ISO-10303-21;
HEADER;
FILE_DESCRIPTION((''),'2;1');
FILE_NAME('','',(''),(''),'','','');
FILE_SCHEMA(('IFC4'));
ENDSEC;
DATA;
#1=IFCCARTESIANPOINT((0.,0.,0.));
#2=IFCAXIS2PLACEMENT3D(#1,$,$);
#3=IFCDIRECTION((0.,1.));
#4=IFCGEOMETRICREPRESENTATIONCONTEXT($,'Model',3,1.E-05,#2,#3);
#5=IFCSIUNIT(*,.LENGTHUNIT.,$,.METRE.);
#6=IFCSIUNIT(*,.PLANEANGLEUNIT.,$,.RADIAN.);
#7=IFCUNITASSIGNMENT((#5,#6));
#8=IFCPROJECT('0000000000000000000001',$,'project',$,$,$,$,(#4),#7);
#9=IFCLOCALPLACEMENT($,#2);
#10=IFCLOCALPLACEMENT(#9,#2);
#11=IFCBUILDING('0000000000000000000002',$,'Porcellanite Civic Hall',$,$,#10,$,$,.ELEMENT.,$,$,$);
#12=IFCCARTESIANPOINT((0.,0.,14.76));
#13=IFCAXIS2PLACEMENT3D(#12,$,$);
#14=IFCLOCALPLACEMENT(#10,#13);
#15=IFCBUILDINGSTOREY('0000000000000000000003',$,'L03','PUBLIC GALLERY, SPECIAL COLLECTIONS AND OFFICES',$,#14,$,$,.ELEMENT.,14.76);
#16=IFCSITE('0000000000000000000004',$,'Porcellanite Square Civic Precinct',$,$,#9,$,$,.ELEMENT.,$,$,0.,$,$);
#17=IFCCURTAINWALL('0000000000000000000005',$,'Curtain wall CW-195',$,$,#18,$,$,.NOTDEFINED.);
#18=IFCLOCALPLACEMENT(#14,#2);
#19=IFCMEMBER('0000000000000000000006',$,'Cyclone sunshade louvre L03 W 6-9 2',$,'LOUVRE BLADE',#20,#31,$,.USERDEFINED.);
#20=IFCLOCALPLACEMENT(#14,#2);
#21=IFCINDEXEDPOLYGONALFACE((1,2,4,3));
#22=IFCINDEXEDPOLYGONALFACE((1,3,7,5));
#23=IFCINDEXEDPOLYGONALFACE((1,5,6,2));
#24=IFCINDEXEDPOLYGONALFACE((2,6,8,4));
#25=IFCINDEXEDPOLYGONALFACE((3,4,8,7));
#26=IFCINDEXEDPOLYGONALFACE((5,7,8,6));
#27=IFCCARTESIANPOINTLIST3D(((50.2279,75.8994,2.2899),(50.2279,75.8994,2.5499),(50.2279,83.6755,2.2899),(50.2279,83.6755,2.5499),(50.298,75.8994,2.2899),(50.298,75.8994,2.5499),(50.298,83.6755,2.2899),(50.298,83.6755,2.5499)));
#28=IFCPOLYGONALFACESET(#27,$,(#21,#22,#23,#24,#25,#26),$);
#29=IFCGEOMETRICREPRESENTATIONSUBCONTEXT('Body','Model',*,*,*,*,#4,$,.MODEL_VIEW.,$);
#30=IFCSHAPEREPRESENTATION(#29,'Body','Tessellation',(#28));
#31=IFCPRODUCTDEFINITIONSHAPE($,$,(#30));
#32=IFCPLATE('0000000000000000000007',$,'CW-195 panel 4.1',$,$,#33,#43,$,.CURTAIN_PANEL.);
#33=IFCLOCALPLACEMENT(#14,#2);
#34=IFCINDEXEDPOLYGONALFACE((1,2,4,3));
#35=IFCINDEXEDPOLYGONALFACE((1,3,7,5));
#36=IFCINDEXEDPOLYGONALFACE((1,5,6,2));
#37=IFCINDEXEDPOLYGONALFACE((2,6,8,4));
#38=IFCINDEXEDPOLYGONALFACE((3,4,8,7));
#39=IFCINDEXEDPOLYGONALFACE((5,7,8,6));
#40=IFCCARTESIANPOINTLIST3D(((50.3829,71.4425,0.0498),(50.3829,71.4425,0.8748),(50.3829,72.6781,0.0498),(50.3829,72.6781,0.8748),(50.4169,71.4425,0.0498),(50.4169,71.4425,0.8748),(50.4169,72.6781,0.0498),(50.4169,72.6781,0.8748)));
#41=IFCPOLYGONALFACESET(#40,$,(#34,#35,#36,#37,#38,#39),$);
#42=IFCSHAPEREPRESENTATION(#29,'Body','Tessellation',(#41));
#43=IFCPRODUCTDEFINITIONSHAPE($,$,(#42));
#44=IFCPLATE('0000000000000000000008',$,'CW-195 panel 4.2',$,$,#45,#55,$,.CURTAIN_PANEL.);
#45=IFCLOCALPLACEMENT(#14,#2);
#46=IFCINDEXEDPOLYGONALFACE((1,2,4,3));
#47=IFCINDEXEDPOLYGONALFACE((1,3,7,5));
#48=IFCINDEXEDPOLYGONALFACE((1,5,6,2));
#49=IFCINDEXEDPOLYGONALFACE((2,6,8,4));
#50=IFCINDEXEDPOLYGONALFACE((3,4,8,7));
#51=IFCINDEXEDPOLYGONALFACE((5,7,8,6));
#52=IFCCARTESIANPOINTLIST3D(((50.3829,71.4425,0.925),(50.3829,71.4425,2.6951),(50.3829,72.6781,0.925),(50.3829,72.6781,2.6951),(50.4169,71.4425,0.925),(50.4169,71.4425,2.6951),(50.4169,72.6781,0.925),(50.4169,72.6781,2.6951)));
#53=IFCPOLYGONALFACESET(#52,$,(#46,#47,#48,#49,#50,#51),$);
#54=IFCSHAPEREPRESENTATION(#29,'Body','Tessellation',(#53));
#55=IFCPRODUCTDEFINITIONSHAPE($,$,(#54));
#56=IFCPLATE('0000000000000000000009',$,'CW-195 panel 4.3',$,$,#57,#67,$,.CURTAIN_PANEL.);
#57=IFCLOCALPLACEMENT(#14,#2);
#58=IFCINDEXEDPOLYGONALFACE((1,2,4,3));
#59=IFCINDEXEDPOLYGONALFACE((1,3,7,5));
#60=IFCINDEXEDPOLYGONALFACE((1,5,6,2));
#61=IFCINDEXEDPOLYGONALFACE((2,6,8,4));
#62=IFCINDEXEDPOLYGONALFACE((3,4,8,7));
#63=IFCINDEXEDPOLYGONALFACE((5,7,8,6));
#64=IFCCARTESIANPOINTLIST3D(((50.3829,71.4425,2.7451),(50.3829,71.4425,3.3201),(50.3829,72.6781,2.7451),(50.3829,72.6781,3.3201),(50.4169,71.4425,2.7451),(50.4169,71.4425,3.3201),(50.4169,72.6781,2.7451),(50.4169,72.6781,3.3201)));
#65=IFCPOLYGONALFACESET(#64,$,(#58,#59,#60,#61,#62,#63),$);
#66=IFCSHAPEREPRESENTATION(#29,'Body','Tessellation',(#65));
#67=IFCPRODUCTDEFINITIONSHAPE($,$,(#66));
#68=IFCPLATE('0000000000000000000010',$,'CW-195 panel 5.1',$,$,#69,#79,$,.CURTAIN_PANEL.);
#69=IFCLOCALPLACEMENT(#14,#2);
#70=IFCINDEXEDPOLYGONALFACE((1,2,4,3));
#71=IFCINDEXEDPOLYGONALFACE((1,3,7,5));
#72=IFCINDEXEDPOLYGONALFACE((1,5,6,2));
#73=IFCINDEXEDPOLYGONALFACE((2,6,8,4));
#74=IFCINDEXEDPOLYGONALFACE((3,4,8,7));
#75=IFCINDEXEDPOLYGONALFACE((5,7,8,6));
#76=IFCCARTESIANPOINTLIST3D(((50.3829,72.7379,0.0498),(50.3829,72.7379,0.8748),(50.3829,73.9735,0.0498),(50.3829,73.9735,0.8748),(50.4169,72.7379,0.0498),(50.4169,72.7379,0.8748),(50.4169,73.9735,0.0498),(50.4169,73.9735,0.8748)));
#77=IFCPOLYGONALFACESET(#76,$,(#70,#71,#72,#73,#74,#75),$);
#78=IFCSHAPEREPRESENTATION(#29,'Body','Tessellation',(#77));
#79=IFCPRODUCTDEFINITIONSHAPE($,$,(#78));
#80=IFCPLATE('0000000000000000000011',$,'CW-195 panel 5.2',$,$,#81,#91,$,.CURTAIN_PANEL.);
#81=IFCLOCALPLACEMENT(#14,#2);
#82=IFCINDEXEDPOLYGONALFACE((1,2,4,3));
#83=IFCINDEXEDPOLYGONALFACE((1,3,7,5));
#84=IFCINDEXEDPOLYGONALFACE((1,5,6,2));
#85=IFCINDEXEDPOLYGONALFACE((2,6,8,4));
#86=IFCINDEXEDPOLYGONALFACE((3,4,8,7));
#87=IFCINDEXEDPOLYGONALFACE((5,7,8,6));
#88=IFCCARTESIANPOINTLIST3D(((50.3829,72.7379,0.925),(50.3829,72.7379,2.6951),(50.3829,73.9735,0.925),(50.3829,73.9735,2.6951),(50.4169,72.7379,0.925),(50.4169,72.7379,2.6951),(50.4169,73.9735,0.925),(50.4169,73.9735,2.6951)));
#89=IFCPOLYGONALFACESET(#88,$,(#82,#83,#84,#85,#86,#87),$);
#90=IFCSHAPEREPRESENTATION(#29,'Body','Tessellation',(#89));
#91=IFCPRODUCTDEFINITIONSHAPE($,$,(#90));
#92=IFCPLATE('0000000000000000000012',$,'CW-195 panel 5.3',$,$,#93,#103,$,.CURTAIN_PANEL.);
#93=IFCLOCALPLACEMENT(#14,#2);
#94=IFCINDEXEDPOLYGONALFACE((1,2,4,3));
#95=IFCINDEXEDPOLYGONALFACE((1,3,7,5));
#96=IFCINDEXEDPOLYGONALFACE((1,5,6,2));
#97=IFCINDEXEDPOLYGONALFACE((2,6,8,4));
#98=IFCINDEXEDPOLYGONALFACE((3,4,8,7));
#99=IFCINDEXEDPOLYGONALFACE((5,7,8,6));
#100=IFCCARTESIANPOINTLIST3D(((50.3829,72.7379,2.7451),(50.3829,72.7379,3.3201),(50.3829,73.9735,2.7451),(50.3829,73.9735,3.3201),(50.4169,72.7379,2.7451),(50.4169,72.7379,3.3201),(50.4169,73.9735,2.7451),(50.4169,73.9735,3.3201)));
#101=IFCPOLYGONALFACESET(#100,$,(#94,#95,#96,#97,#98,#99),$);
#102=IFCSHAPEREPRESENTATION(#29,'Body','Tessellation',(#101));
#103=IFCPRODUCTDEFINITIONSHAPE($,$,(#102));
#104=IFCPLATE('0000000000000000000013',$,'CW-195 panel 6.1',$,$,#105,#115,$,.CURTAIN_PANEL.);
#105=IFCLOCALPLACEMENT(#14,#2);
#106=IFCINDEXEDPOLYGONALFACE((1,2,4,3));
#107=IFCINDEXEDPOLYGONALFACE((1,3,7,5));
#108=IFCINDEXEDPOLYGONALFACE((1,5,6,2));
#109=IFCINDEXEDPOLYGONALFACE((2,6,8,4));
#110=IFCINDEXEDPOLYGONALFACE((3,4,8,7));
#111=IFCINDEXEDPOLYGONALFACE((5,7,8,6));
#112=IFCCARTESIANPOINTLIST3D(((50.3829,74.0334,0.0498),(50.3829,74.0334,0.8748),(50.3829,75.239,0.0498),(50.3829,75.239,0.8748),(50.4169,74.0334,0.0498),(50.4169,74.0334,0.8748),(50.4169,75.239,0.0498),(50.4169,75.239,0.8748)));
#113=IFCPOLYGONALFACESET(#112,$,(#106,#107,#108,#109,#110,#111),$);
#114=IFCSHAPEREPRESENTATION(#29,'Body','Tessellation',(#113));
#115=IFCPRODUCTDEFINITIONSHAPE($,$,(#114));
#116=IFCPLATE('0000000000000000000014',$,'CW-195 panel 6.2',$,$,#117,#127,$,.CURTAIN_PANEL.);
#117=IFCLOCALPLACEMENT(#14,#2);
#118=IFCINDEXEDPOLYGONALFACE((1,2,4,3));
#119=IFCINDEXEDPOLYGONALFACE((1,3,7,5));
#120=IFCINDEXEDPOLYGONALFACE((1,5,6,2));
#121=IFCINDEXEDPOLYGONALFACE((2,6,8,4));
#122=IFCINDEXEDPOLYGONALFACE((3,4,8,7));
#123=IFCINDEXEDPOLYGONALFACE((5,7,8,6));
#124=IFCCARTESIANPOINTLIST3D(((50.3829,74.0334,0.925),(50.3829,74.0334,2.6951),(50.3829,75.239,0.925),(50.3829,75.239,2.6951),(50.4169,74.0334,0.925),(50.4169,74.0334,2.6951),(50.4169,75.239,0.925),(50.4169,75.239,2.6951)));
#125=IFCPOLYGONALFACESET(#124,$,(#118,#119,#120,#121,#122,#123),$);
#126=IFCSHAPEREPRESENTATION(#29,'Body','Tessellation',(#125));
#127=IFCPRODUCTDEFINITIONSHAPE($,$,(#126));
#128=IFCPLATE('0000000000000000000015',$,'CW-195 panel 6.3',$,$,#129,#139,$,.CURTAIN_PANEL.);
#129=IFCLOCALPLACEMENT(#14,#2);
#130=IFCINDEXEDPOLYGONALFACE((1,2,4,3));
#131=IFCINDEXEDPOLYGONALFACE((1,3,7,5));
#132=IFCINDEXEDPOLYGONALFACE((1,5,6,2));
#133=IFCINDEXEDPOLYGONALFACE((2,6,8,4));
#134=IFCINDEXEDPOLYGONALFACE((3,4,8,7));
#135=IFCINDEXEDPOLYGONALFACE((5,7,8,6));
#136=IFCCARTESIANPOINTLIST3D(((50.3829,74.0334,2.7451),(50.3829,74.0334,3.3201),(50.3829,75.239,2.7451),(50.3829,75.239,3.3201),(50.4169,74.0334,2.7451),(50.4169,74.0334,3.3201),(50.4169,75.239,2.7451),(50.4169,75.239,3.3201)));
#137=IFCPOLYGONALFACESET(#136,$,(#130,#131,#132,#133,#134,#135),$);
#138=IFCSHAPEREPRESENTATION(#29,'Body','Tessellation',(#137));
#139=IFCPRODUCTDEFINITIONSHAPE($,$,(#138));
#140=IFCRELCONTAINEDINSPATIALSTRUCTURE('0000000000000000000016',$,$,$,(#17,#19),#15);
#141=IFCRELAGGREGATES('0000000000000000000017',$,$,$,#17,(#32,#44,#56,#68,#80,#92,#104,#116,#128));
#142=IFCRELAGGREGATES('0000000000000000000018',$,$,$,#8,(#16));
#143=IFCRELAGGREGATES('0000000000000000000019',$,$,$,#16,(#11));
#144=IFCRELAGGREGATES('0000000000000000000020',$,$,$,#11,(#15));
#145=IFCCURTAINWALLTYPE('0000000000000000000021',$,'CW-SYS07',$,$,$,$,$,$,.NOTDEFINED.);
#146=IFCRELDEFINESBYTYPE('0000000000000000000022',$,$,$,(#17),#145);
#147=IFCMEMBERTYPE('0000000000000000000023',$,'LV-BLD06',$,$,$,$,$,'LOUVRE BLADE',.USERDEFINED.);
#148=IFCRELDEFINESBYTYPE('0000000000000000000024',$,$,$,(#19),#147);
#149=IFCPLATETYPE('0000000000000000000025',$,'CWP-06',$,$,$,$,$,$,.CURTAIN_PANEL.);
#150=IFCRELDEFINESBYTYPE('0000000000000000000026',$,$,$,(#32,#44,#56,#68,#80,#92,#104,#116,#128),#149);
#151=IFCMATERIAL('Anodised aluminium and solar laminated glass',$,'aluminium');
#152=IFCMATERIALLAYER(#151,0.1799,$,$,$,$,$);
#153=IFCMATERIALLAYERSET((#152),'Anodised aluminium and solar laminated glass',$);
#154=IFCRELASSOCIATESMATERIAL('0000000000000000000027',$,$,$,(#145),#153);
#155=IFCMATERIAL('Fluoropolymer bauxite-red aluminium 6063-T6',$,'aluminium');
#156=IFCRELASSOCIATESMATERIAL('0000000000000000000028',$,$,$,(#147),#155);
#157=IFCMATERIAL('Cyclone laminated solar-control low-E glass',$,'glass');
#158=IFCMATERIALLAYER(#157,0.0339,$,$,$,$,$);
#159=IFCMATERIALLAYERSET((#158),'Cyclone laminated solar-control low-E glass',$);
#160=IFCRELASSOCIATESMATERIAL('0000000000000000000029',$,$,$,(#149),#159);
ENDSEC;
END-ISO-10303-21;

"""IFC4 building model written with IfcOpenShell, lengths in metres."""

from ifc_helpers import new_model, si_unit, direction, frame, origin, origin_2d, place, context, subcontext, project, spatial, rectangle, extrude, material, layer, layer_set, material_profile, profile_set, type_object, element, aggregate, save


model = new_model("IFC4")

# Units and contexts
model_context = context("Model", 3, precision=1e-05, world=origin(), true_north=direction((0.0, 1.0)))
body_context = subcontext(model_context, "Body", "Model", "MODEL_VIEW")
ifc_project = project(units=[si_unit("LENGTHUNIT", "METRE"), si_unit("PLANEANGLEUNIT", "RADIAN")], contexts=[model_context])

# Site, building, storey
site_placement = place(None, origin())
site = spatial("IfcSite", under=ifc_project, at=site_placement, Name="Porcellanite Square Civic Precinct", CompositionType="ELEMENT", RefElevation=0.0)
building_placement = place(site_placement, origin())
building = spatial("IfcBuilding", under=site, at=building_placement, Name="Porcellanite Civic Hall", CompositionType="ELEMENT")
storey_placement = place(building_placement, frame((0.0, 0.0, 14.76)))
storey = spatial("IfcBuildingStorey", under=building, at=storey_placement, Name="L03", Description="PUBLIC GALLERY, SPECIAL COLLECTIONS AND OFFICES", CompositionType="ELEMENT", Elevation=14.76)

# Curtain wall
ifc_material_1 = material(Name="Anodised aluminium and solar laminated glass", Category="aluminium")
ifc_layer_1 = layer(ifc_material_1, 0.1799)
ifc_layer_set_1 = layer_set([ifc_layer_1], Name="Anodised aluminium and solar laminated glass")
curtain_wall_type = type_object("IfcCurtainWallType", Name="CW-SYS07", PredefinedType="NOTDEFINED", material=ifc_layer_set_1)
curtain_wall_placement = place(storey_placement, origin())
curtain_wall = element("IfcCurtainWall", 1, at=curtain_wall_placement, inside=storey, type_object=curtain_wall_type, Name="Curtain wall CW-195", PredefinedType="NOTDEFINED")

# Member
ifc_material_2 = material(Name="Fluoropolymer bauxite-red aluminium 6063-T6", Category="aluminium")
ifc_material_profile_1 = material_profile(ifc_material_2, rectangle(XDim=0.0701, YDim=0.26, at=origin_2d()), Name="AL-70x260")
ifc_profile_set_1 = profile_set([ifc_material_profile_1], Name="Fluoropolymer bauxite-red aluminium 6063-T6")
member_type_1 = type_object("IfcMemberType", Name="LV-BLD06", ElementType="LOUVRE BLADE", PredefinedType="USERDEFINED", material=ifc_profile_set_1)
for number, where, z_axis, x_axis, name in (
    (2, (50.2629, 75.8994, 2.4199), (0.0, 1.0, 0.0), (-1.0, 0.0, 0.0), "Cyclone sunshade louvre L03 W 6-9 2"),
):
    element("IfcMember", number, at=place(storey_placement, frame(where, z_axis=z_axis, x_axis=x_axis)), inside=storey, type_object=member_type_1, Name=name, ObjectType="LOUVRE BLADE", PredefinedType="USERDEFINED", context=body_context, shape_type="SweptSolid", body=[
        extrude(rectangle(XDim=0.0701, YDim=0.26, at=origin_2d()), origin(), (0.0, 0.0, 1.0), 7.7761),
    ])

# Plates
ifc_material_3 = material(Name="Cyclone laminated solar-control low-E glass", Category="glass")
ifc_layer_2 = layer(ifc_material_3, 0.0339)
ifc_layer_set_2 = layer_set([ifc_layer_2], Name="Cyclone laminated solar-control low-E glass")
plate_type = type_object("IfcPlateType", Name="CWP-06", PredefinedType="CURTAIN_PANEL", material=ifc_layer_set_2)
plate_1_placement = place(storey_placement, frame((50.3999, 72.0603, 0.0498), z_axis=(0.0, 0.0, 1.0), x_axis=(0.0, 1.0, 0.0)))
plate_1 = element("IfcPlate", 3, at=plate_1_placement, type_object=plate_type, Name="CW-195 panel 4.1", PredefinedType="CURTAIN_PANEL", context=body_context, shape_type="SweptSolid", body=[
    extrude(rectangle(XDim=1.2356, YDim=0.0339, at=origin_2d()), origin(), (0.0, 0.0, 1.0), 0.825),
])
plate_2_placement = place(storey_placement, frame((50.3999, 72.0603, 0.925), z_axis=(0.0, 0.0, 1.0), x_axis=(0.0, 1.0, 0.0)))
plate_2 = element("IfcPlate", 4, at=plate_2_placement, type_object=plate_type, Name="CW-195 panel 4.2", PredefinedType="CURTAIN_PANEL", context=body_context, shape_type="SweptSolid", body=[
    extrude(rectangle(XDim=1.2356, YDim=0.0339, at=origin_2d()), origin(), (0.0, 0.0, 1.0), 1.77),
])
plate_3_placement = place(storey_placement, frame((50.3999, 72.0603, 2.7451), z_axis=(0.0, 0.0, 1.0), x_axis=(0.0, 1.0, 0.0)))
plate_3 = element("IfcPlate", 5, at=plate_3_placement, type_object=plate_type, Name="CW-195 panel 4.3", PredefinedType="CURTAIN_PANEL", context=body_context, shape_type="SweptSolid", body=[
    extrude(rectangle(XDim=1.2356, YDim=0.0339, at=origin_2d()), origin(), (0.0, 0.0, 1.0), 0.575),
])
plate_4_placement = place(storey_placement, frame((50.3999, 73.3557, 0.0498), z_axis=(0.0, 0.0, 1.0), x_axis=(0.0, 1.0, 0.0)))
plate_4 = element("IfcPlate", 6, at=plate_4_placement, type_object=plate_type, Name="CW-195 panel 5.1", PredefinedType="CURTAIN_PANEL", context=body_context, shape_type="SweptSolid", body=[
    extrude(rectangle(XDim=1.2356, YDim=0.0339, at=origin_2d()), origin(), (0.0, 0.0, 1.0), 0.825),
])
plate_5_placement = place(storey_placement, frame((50.3999, 73.3557, 0.925), z_axis=(0.0, 0.0, 1.0), x_axis=(0.0, 1.0, 0.0)))
plate_5 = element("IfcPlate", 7, at=plate_5_placement, type_object=plate_type, Name="CW-195 panel 5.2", PredefinedType="CURTAIN_PANEL", context=body_context, shape_type="SweptSolid", body=[
    extrude(rectangle(XDim=1.2356, YDim=0.0339, at=origin_2d()), origin(), (0.0, 0.0, 1.0), 1.77),
])
plate_6_placement = place(storey_placement, frame((50.3999, 73.3557, 2.7451), z_axis=(0.0, 0.0, 1.0), x_axis=(0.0, 1.0, 0.0)))
plate_6 = element("IfcPlate", 8, at=plate_6_placement, type_object=plate_type, Name="CW-195 panel 5.3", PredefinedType="CURTAIN_PANEL", context=body_context, shape_type="SweptSolid", body=[
    extrude(rectangle(XDim=1.2356, YDim=0.0339, at=origin_2d()), origin(), (0.0, 0.0, 1.0), 0.575),
])
plate_7_placement = place(storey_placement, frame((50.3999, 74.6362, 0.0498), z_axis=(0.0, 0.0, 1.0), x_axis=(0.0, 1.0, 0.0)))
plate_7 = element("IfcPlate", 9, at=plate_7_placement, type_object=plate_type, Name="CW-195 panel 6.1", PredefinedType="CURTAIN_PANEL", context=body_context, shape_type="SweptSolid", body=[
    extrude(rectangle(XDim=1.2056, YDim=0.0339, at=origin_2d()), origin(), (0.0, 0.0, 1.0), 0.825),
])
plate_8_placement = place(storey_placement, frame((50.3999, 74.6362, 0.925), z_axis=(0.0, 0.0, 1.0), x_axis=(0.0, 1.0, 0.0)))
plate_8 = element("IfcPlate", 10, at=plate_8_placement, type_object=plate_type, Name="CW-195 panel 6.2", PredefinedType="CURTAIN_PANEL", context=body_context, shape_type="SweptSolid", body=[
    extrude(rectangle(XDim=1.2056, YDim=0.0339, at=origin_2d()), origin(), (0.0, 0.0, 1.0), 1.77),
])
plate_9_placement = place(storey_placement, frame((50.3999, 74.6362, 2.7451), z_axis=(0.0, 0.0, 1.0), x_axis=(0.0, 1.0, 0.0)))
plate_9 = element("IfcPlate", 11, at=plate_9_placement, type_object=plate_type, Name="CW-195 panel 6.3", PredefinedType="CURTAIN_PANEL", context=body_context, shape_type="SweptSolid", body=[
    extrude(rectangle(XDim=1.2056, YDim=0.0339, at=origin_2d()), origin(), (0.0, 0.0, 1.0), 0.575),
])
aggregate(curtain_wall, [plate_1, plate_2, plate_3, plate_4, plate_5, plate_6, plate_7, plate_8, plate_9])

save(model, "model.ifc")
